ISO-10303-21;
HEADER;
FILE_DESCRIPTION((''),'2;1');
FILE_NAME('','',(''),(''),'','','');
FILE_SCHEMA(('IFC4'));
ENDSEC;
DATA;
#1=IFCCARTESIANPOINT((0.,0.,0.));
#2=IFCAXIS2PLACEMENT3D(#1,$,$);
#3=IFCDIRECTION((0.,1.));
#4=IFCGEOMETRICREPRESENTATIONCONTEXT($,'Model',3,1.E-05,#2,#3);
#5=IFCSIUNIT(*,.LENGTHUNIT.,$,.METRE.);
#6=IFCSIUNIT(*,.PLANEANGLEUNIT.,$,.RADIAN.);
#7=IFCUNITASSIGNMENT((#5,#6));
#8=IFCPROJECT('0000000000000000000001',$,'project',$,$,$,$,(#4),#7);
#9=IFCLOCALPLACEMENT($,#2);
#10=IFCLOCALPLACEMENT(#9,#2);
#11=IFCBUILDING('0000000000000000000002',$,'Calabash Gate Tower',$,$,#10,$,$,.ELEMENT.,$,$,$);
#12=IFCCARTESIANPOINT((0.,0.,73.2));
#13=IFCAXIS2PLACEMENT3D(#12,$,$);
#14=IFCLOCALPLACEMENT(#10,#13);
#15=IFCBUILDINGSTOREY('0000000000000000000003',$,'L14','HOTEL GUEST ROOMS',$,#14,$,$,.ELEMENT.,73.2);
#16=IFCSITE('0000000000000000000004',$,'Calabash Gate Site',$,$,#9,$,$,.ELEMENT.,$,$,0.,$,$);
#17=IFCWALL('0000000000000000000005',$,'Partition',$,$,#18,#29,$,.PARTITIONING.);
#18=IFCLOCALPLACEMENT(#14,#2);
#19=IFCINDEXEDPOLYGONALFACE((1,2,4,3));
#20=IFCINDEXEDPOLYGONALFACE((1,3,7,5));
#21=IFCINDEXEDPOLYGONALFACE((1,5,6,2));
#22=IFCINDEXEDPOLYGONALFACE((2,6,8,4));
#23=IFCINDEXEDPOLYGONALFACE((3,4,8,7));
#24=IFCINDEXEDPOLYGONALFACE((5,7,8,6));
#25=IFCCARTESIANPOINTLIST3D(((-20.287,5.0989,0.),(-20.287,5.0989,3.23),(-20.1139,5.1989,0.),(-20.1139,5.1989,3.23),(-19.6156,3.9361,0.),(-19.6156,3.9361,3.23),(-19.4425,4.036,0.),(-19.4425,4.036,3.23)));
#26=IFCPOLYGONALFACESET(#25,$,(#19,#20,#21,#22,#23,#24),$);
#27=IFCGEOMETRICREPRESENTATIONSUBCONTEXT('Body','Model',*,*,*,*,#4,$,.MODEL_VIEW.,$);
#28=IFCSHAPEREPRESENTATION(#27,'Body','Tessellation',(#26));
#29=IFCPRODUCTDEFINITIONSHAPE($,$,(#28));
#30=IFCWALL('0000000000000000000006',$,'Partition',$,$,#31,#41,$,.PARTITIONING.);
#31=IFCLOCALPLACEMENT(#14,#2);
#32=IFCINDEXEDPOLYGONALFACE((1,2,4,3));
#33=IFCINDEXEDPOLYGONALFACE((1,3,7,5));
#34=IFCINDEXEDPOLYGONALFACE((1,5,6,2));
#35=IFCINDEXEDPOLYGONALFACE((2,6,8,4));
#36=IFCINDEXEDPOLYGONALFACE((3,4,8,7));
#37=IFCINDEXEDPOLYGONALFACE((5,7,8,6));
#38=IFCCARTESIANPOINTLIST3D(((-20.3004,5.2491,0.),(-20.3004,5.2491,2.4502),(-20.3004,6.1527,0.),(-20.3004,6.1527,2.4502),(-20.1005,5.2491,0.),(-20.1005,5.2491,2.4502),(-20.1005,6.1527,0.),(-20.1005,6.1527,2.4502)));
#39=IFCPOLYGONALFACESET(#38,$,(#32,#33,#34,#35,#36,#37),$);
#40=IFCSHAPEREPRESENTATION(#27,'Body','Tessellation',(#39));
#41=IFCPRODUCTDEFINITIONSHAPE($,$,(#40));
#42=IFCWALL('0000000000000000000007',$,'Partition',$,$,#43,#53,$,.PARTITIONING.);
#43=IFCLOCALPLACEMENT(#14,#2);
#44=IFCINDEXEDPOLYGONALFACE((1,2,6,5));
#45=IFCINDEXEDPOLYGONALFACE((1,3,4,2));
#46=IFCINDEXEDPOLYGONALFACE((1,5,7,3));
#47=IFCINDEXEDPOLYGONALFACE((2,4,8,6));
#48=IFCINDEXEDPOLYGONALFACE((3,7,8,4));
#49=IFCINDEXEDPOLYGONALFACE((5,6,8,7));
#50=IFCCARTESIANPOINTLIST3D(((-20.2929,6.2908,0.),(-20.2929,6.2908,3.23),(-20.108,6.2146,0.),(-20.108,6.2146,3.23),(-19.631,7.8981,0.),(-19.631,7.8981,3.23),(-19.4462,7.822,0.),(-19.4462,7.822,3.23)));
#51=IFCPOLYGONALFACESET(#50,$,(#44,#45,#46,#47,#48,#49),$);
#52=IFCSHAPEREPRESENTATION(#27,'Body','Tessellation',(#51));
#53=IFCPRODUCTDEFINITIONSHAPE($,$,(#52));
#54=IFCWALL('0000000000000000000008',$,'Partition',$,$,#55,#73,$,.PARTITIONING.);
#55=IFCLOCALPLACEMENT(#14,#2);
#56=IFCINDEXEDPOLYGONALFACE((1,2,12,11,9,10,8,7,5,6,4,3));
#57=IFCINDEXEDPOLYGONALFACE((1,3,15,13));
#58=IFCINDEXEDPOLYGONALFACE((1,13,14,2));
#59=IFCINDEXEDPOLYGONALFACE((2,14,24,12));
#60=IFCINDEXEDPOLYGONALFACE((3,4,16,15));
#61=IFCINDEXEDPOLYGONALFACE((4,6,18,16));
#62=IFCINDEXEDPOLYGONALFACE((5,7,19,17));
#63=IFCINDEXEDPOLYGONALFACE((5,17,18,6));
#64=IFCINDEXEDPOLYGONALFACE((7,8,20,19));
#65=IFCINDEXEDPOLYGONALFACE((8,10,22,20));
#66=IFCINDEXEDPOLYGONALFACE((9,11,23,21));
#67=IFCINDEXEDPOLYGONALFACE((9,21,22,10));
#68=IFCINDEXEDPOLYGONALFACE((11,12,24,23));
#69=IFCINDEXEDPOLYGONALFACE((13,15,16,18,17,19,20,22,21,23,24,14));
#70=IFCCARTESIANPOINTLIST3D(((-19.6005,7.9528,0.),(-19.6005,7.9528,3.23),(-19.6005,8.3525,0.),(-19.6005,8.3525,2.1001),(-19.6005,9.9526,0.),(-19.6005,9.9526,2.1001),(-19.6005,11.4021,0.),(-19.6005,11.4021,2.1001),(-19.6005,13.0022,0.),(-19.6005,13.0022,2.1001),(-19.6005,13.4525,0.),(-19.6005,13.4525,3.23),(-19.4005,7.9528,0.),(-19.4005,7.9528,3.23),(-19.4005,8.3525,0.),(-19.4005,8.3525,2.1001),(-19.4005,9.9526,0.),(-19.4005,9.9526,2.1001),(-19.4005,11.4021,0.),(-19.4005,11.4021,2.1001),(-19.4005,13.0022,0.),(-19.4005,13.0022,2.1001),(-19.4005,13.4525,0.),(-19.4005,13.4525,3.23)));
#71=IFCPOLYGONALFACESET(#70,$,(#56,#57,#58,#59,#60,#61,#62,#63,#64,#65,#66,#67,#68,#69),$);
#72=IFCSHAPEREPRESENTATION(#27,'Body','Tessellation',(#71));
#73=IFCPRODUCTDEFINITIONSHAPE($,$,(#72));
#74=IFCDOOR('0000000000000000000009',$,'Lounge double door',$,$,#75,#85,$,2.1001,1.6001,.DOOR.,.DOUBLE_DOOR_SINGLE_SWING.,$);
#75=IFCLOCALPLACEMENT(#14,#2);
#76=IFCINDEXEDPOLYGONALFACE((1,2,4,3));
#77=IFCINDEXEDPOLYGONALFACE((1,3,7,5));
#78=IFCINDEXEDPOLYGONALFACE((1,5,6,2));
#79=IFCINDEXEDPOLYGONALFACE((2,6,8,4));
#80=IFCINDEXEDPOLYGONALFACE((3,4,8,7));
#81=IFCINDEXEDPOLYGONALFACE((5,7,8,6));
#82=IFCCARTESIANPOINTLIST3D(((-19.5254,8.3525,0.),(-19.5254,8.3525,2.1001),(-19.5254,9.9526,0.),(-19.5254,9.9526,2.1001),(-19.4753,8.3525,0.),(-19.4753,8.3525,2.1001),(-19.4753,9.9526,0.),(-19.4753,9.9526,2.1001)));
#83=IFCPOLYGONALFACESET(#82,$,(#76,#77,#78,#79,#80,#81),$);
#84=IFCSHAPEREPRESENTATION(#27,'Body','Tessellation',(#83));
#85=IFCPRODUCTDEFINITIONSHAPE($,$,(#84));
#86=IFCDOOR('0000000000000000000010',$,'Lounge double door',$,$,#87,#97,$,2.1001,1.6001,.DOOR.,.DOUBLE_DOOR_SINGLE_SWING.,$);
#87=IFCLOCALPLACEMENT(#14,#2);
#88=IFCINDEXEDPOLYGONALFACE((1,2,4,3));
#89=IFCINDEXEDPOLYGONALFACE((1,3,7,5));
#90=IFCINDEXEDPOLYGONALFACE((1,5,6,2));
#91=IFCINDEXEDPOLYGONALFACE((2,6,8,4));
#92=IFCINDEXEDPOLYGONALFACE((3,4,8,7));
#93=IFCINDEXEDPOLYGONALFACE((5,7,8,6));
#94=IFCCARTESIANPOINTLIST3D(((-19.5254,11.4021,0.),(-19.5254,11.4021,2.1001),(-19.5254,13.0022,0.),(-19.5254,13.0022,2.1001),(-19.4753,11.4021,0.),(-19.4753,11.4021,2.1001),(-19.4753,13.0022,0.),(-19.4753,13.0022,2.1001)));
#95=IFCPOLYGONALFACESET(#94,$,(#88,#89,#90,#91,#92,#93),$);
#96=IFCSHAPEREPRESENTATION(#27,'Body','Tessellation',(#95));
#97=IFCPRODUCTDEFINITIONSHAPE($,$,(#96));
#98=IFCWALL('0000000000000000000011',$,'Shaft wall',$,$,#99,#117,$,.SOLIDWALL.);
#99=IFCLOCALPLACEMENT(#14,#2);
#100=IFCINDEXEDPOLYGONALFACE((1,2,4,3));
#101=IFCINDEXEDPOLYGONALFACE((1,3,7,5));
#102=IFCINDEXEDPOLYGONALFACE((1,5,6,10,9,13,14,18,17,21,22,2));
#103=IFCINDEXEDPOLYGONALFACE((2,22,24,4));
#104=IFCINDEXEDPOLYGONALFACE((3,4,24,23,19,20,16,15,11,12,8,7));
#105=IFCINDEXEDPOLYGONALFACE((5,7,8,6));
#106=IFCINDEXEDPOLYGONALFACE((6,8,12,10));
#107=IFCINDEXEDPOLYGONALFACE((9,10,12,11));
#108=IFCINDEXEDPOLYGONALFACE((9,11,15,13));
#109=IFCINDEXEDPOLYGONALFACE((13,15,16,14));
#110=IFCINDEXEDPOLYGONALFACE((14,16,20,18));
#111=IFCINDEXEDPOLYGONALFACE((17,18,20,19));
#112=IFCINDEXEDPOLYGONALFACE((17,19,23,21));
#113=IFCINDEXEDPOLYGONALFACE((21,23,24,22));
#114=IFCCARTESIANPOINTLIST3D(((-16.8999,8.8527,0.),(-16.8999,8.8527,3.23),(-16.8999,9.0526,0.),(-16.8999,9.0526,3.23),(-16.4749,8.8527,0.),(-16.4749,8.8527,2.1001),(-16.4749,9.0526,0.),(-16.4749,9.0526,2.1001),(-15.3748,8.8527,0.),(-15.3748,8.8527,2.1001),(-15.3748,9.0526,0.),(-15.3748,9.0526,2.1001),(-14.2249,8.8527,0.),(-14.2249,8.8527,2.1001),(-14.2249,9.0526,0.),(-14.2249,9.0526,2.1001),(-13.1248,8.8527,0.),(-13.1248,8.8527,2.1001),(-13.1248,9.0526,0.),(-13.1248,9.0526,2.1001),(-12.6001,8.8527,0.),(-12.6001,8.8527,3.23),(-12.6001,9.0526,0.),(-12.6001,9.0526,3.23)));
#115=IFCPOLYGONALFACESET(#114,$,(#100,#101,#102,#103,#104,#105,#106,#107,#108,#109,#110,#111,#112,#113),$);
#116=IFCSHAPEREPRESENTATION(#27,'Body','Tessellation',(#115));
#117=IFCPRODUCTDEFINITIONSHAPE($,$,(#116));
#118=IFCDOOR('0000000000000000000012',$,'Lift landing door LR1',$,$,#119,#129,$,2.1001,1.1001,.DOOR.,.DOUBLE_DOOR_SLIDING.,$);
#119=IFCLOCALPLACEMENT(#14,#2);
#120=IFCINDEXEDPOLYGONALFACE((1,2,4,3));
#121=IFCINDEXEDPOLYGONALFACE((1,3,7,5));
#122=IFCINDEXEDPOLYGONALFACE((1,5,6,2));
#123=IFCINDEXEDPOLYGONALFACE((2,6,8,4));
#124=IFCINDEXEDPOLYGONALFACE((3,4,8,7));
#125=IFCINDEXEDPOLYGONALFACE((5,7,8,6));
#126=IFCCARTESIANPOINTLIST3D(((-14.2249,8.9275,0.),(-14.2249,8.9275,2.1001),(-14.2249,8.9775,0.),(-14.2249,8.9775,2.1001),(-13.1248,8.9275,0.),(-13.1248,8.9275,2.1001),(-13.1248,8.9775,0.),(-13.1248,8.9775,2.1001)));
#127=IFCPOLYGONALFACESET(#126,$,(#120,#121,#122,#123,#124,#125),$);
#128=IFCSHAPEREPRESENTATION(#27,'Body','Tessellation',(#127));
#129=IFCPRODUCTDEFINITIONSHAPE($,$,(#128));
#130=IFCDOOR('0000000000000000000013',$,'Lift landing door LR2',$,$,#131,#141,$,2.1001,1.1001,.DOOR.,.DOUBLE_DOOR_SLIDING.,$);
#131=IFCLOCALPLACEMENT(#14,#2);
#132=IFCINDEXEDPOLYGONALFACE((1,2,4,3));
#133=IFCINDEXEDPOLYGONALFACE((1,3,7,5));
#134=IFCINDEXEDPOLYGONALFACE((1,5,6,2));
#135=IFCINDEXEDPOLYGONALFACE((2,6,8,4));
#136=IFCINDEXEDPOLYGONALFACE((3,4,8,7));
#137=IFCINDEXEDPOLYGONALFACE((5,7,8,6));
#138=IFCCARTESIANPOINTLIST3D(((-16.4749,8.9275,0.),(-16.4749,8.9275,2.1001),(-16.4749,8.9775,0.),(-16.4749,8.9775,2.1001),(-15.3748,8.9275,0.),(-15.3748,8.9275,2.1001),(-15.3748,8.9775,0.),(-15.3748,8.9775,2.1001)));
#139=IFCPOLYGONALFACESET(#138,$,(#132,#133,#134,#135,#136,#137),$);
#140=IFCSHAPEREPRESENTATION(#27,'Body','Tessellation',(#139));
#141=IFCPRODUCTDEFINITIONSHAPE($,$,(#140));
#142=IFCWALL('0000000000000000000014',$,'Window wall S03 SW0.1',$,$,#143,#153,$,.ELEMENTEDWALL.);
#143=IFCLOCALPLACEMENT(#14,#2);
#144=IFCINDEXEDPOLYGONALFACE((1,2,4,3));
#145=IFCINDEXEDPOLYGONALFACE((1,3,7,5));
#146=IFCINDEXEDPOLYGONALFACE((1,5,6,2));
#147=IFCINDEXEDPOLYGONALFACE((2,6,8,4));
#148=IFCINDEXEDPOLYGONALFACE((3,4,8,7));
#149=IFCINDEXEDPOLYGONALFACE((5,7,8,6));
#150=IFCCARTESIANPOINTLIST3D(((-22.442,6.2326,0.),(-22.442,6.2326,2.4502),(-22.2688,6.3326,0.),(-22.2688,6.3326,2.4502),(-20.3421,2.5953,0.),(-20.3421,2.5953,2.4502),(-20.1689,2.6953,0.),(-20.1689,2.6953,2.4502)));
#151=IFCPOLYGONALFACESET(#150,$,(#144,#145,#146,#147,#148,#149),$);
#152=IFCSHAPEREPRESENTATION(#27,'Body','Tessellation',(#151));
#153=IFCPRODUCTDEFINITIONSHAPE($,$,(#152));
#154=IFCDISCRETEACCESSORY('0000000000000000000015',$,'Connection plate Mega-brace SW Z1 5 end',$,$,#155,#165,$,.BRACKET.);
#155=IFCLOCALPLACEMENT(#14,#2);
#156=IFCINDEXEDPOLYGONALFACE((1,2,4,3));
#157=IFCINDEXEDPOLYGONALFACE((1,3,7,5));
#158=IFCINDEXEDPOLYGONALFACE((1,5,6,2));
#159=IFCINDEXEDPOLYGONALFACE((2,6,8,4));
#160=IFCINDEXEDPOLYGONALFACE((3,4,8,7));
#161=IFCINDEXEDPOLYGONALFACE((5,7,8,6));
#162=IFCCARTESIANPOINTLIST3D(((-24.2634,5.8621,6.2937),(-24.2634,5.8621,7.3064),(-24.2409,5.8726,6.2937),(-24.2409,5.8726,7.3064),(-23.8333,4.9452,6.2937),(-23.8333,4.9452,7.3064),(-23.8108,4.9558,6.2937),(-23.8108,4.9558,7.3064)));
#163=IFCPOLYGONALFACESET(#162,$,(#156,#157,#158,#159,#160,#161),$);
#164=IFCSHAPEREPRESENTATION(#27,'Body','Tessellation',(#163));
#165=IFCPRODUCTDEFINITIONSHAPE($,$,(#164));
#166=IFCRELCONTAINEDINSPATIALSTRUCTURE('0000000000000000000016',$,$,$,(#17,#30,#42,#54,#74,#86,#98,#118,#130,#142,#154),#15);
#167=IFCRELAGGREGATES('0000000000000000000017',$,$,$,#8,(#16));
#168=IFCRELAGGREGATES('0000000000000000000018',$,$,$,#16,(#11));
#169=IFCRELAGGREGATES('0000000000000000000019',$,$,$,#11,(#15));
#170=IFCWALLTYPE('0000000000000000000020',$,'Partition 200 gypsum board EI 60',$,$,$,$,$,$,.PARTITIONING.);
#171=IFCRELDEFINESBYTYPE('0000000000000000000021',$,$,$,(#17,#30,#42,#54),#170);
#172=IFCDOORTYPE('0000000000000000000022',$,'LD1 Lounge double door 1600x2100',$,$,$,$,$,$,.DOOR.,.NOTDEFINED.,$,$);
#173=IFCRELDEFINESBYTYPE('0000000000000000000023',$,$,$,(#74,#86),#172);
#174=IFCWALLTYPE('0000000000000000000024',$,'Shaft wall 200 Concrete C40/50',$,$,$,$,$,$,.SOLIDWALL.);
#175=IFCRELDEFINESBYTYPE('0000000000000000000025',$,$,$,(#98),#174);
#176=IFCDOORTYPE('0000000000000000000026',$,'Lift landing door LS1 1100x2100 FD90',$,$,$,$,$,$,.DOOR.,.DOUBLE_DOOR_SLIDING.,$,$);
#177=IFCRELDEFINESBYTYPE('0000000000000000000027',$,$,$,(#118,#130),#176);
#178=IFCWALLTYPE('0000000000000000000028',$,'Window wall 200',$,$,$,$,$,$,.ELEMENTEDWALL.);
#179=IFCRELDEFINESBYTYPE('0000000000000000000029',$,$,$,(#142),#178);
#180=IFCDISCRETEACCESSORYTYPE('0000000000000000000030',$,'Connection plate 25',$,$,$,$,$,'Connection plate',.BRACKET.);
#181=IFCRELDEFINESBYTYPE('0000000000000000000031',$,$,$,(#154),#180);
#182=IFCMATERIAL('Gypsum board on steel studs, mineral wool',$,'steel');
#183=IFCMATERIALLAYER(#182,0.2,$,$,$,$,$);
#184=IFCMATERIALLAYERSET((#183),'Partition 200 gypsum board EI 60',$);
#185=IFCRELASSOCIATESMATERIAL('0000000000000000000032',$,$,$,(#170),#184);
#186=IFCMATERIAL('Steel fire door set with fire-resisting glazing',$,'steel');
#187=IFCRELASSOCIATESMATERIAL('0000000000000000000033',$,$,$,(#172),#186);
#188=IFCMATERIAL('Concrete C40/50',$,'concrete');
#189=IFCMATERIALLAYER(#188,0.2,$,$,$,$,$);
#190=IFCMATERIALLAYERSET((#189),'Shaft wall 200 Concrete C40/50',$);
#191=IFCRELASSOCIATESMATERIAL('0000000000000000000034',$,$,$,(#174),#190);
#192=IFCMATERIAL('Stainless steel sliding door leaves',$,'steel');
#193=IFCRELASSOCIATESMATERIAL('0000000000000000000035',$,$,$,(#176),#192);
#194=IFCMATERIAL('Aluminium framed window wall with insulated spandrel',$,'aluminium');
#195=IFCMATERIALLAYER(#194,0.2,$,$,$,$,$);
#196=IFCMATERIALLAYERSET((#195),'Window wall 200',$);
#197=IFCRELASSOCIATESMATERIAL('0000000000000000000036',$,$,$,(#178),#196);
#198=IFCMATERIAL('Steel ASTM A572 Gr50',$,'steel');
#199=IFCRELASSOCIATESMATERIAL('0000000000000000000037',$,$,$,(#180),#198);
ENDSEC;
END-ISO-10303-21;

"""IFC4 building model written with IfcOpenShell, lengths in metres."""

from ifc_helpers import new_model, si_unit, direction, frame, frame_2d, origin, origin_2d, place, context, subcontext, project, spatial, rectangle, extrude, material, layer, layer_set, type_object, element, fill, save


model = new_model("IFC4")

# Units and contexts
model_context = context("Model", 3, precision=1e-05, world=origin(), true_north=direction((0.0, 1.0)))
body_context = subcontext(model_context, "Body", "Model", "MODEL_VIEW")
ifc_project = project(units=[si_unit("LENGTHUNIT", "METRE"), si_unit("PLANEANGLEUNIT", "RADIAN")], contexts=[model_context])

# Site, building, storey
site_placement = place(None, origin())
site = spatial("IfcSite", under=ifc_project, at=site_placement, Name="Calabash Gate Site", CompositionType="ELEMENT", RefElevation=0.0)
building_placement = place(site_placement, origin())
building = spatial("IfcBuilding", under=site, at=building_placement, Name="Calabash Gate Tower", CompositionType="ELEMENT")
storey_placement = place(building_placement, frame((0.0, 0.0, 73.2)))
storey = spatial("IfcBuildingStorey", under=building, at=storey_placement, Name="L14", Description="HOTEL GUEST ROOMS", CompositionType="ELEMENT", Elevation=73.2)

# Walls
ifc_material_1 = material(Name="Gypsum board on steel studs, mineral wool", Category="steel")
ifc_layer_1 = layer(ifc_material_1, 0.2)
ifc_layer_set_1 = layer_set([ifc_layer_1], Name="Partition 200 gypsum board EI 60")
wall_type_1 = type_object("IfcWallType", Name="Partition 200 gypsum board EI 60", PredefinedType="PARTITIONING", material=ifc_layer_set_1)
wall_1_placement = place(storey_placement, frame((-20.2004, 5.1489, 0.0), z_axis=(0.0, 0.0, 1.0), x_axis=(0.500011, -0.866019, 0.0)))
element("IfcWall", 1, at=wall_1_placement, inside=storey, type_object=wall_type_1, Name="Partition", PredefinedType="PARTITIONING", context=body_context, shape_type="SweptSolid", body=[
    extrude(rectangle(XDim=1.3428, YDim=0.2, at=frame_2d((0.6714, 0.0))), origin(), (0.0, 0.0, 1.0), 3.23),
])
wall_2_placement = place(storey_placement, frame((-20.2004, 6.1526, 0.0), z_axis=(0.0, 0.0, 1.0), x_axis=(0.0, -1.0, 0.0)))
element("IfcWall", 2, at=wall_2_placement, inside=storey, type_object=wall_type_1, Name="Partition", PredefinedType="PARTITIONING", context=body_context, shape_type="SweptSolid", body=[
    extrude(rectangle(XDim=0.9036, YDim=0.2, at=frame_2d((0.4517, 0.0))), origin(), (0.0, 0.0, 1.0), 2.4502),
])
wall_3_placement = place(storey_placement, frame((-20.2004, 6.2527, 0.0), z_axis=(0.0, 0.0, 1.0), x_axis=(0.380743, 0.924681, 0.0)))
element("IfcWall", 3, at=wall_3_placement, inside=storey, type_object=wall_type_1, Name="Partition", PredefinedType="PARTITIONING", context=body_context, shape_type="SweptSolid", body=[
    extrude(rectangle(XDim=1.7383, YDim=0.2, at=frame_2d((0.8691, 0.0))), origin(), (0.0, 0.0, 1.0), 3.23),
])

# Walls, openings, doors
wall_4_placement = place(storey_placement, frame((-19.5005, 7.9526, 0.0), z_axis=(0.0, 0.0, 1.0), x_axis=(0.0, 1.0, 0.0)))
wall_4 = element("IfcWall", 4, at=wall_4_placement, inside=storey, type_object=wall_type_1, Name="Partition", PredefinedType="PARTITIONING", context=body_context, shape_type="SweptSolid", body=[
    extrude(rectangle(XDim=5.4998, YDim=0.2, at=frame_2d((2.75, 0.0))), origin(), (0.0, 0.0, 1.0), 3.23),
])
opening_1_placement = place(wall_4_placement, frame((0.3999, 0.0, 0.0)))
opening_1 = element("IfcOpeningElement", 5, at=opening_1_placement, cuts=wall_4, PredefinedType="OPENING", context=body_context, shape_type="SweptSolid", body=[
    extrude(rectangle(XDim=1.6001, YDim=2.1001, at=frame_2d((0.8, 1.05))), frame((0.0, 0.1099, 0.0), z_axis=(0.0, -1.0, 0.0), x_axis=(1.0, 0.0, 0.0)), (0.0, 0.0, 1.0), 0.22),
])
opening_2_placement = place(wall_4_placement, frame((3.4495, 0.0, 0.0)))
opening_2 = element("IfcOpeningElement", 6, at=opening_2_placement, cuts=wall_4, PredefinedType="OPENING", context=body_context, shape_type="SweptSolid", body=[
    extrude(rectangle(XDim=1.6001, YDim=2.1001, at=frame_2d((0.8, 1.05))), frame((0.0, 0.1099, 0.0), z_axis=(0.0, -1.0, 0.0), x_axis=(1.0, 0.0, 0.0)), (0.0, 0.0, 1.0), 0.22),
])
ifc_material_2 = material(Name="Steel fire door set with fire-resisting glazing", Category="steel")
door_type_1 = type_object("IfcDoorType", Name="LD1 Lounge double door 1600x2100", OperationType="NOTDEFINED", PredefinedType="DOOR", material=ifc_material_2)
door_1_placement = place(opening_1_placement, origin())
door_1 = element("IfcDoor", 7, at=door_1_placement, inside=storey, type_object=door_type_1, Name="Lounge double door", OperationType="DOUBLE_DOOR_SINGLE_SWING", OverallHeight=2.1001, OverallWidth=1.6001, PredefinedType="DOOR", context=body_context, shape_type="SweptSolid", body=[
    extrude(rectangle(XDim=1.6001, YDim=2.1001, at=frame_2d((0.8, 1.05))), frame((0.0, 0.0249, 0.0), z_axis=(0.0, -1.0, 0.0), x_axis=(1.0, 0.0, 0.0)), (0.0, 0.0, 1.0), 0.05),
])
fill(opening_1, door_1)
door_2_placement = place(opening_2_placement, origin())
door_2 = element("IfcDoor", 8, at=door_2_placement, inside=storey, type_object=door_type_1, Name="Lounge double door", OperationType="DOUBLE_DOOR_SINGLE_SWING", OverallHeight=2.1001, OverallWidth=1.6001, PredefinedType="DOOR", context=body_context, shape_type="SweptSolid", body=[
    extrude(rectangle(XDim=1.6001, YDim=2.1001, at=frame_2d((0.8, 1.05))), frame((0.0, 0.0249, 0.0), z_axis=(0.0, -1.0, 0.0), x_axis=(1.0, 0.0, 0.0)), (0.0, 0.0, 1.0), 0.05),
])
fill(opening_2, door_2)
ifc_material_3 = material(Name="Concrete C40/50", Category="concrete")
ifc_layer_2 = layer(ifc_material_3, 0.2)
ifc_layer_set_2 = layer_set([ifc_layer_2], Name="Shaft wall 200 Concrete C40/50")
wall_type_2 = type_object("IfcWallType", Name="Shaft wall 200 Concrete C40/50", PredefinedType="SOLIDWALL", material=ifc_layer_set_2)
wall_5_placement = place(storey_placement, frame((-16.8999, 8.9526, 0.0), z_axis=(0.0, 0.0, 1.0), x_axis=(1.0, 0.0, 0.0)))
wall_5 = element("IfcWall", 9, at=wall_5_placement, inside=storey, type_object=wall_type_2, Name="Shaft wall", PredefinedType="SOLIDWALL", context=body_context, shape_type="SweptSolid", body=[
    extrude(rectangle(XDim=4.2998, YDim=0.2, at=frame_2d((2.1499, 0.0))), origin(), (0.0, 0.0, 1.0), 3.23),
])
opening_3_placement = place(wall_5_placement, frame((2.675, 0.0, 0.0)))
opening_3 = element("IfcOpeningElement", 10, at=opening_3_placement, cuts=wall_5, PredefinedType="OPENING", context=body_context, shape_type="SweptSolid", body=[
    extrude(rectangle(XDim=1.1001, YDim=2.1001, at=frame_2d((0.55, 1.05))), frame((0.0, 0.1099, 0.0), z_axis=(0.0, -1.0, 0.0), x_axis=(1.0, 0.0, 0.0)), (0.0, 0.0, 1.0), 0.22),
])
opening_4_placement = place(wall_5_placement, frame((0.425, 0.0, 0.0)))
opening_4 = element("IfcOpeningElement", 11, at=opening_4_placement, cuts=wall_5, PredefinedType="OPENING", context=body_context, shape_type="SweptSolid", body=[
    extrude(rectangle(XDim=1.1001, YDim=2.1001, at=frame_2d((0.55, 1.05))), frame((0.0, 0.1099, 0.0), z_axis=(0.0, -1.0, 0.0), x_axis=(1.0, 0.0, 0.0)), (0.0, 0.0, 1.0), 0.22),
])
ifc_material_4 = material(Name="Stainless steel sliding door leaves", Category="steel")
door_type_2 = type_object("IfcDoorType", Name="Lift landing door LS1 1100x2100 FD90", OperationType="DOUBLE_DOOR_SLIDING", PredefinedType="DOOR", material=ifc_material_4)
door_3_placement = place(opening_3_placement, origin())
door_3 = element("IfcDoor", 12, at=door_3_placement, inside=storey, type_object=door_type_2, Name="Lift landing door LR1", OperationType="DOUBLE_DOOR_SLIDING", OverallHeight=2.1001, OverallWidth=1.1001, PredefinedType="DOOR", context=body_context, shape_type="SweptSolid", body=[
    extrude(rectangle(XDim=1.1001, YDim=2.1001, at=frame_2d((0.55, 1.05))), frame((0.0, 0.0249, 0.0), z_axis=(0.0, -1.0, 0.0), x_axis=(1.0, 0.0, 0.0)), (0.0, 0.0, 1.0), 0.05),
])
fill(opening_3, door_3)
door_4_placement = place(opening_4_placement, origin())
door_4 = element("IfcDoor", 13, at=door_4_placement, inside=storey, type_object=door_type_2, Name="Lift landing door LR2", OperationType="DOUBLE_DOOR_SLIDING", OverallHeight=2.1001, OverallWidth=1.1001, PredefinedType="DOOR", context=body_context, shape_type="SweptSolid", body=[
    extrude(rectangle(XDim=1.1001, YDim=2.1001, at=frame_2d((0.55, 1.05))), frame((0.0, 0.0249, 0.0), z_axis=(0.0, -1.0, 0.0), x_axis=(1.0, 0.0, 0.0)), (0.0, 0.0, 1.0), 0.05),
])
fill(opening_4, door_4)

# Wall
ifc_material_5 = material(Name="Aluminium framed window wall with insulated spandrel", Category="aluminium")
ifc_layer_3 = layer(ifc_material_5, 0.2)
ifc_layer_set_3 = layer_set([ifc_layer_3], Name="Window wall 200")
wall_type_3 = type_object("IfcWallType", Name="Window wall 200", PredefinedType="ELEMENTEDWALL", material=ifc_layer_set_3)
wall_6_placement = place(storey_placement, frame((-22.3555, 6.2827, 0.0), z_axis=(0.0, 0.0, 1.0), x_axis=(0.499984, -0.866035, 0.0)))
element("IfcWall", 14, at=wall_6_placement, inside=storey, type_object=wall_type_3, Name="Window wall S03 SW0.1", PredefinedType="ELEMENTEDWALL", context=body_context, shape_type="SweptSolid", body=[
    extrude(rectangle(XDim=4.2, YDim=0.2, at=frame_2d((2.1001, 0.0))), origin(), (0.0, 0.0, 1.0), 2.4502),
])

# Discrete accessory
ifc_material_6 = material(Name="Steel ASTM A572 Gr50", Category="steel")
discrete_accessory_type = type_object("IfcDiscreteAccessoryType", Name="Connection plate 25", ElementType="Connection plate", PredefinedType="BRACKET", material=ifc_material_6)
discrete_accessory_placement = place(storey_placement, frame((-24.0371, 5.4089, 6.2937), z_axis=(0.0, 0.0, 1.0), x_axis=(-0.424696, 0.905336, 0.0)))
element("IfcDiscreteAccessory", 15, at=discrete_accessory_placement, inside=storey, type_object=discrete_accessory_type, Name="Connection plate Mega-brace SW Z1 5 end", PredefinedType="BRACKET", context=body_context, shape_type="SweptSolid", body=[
    extrude(rectangle(XDim=1.0127, YDim=0.0249, at=origin_2d()), origin(), (0.0, 0.0, 1.0), 1.0127),
])

save(model, "model.ifc")
